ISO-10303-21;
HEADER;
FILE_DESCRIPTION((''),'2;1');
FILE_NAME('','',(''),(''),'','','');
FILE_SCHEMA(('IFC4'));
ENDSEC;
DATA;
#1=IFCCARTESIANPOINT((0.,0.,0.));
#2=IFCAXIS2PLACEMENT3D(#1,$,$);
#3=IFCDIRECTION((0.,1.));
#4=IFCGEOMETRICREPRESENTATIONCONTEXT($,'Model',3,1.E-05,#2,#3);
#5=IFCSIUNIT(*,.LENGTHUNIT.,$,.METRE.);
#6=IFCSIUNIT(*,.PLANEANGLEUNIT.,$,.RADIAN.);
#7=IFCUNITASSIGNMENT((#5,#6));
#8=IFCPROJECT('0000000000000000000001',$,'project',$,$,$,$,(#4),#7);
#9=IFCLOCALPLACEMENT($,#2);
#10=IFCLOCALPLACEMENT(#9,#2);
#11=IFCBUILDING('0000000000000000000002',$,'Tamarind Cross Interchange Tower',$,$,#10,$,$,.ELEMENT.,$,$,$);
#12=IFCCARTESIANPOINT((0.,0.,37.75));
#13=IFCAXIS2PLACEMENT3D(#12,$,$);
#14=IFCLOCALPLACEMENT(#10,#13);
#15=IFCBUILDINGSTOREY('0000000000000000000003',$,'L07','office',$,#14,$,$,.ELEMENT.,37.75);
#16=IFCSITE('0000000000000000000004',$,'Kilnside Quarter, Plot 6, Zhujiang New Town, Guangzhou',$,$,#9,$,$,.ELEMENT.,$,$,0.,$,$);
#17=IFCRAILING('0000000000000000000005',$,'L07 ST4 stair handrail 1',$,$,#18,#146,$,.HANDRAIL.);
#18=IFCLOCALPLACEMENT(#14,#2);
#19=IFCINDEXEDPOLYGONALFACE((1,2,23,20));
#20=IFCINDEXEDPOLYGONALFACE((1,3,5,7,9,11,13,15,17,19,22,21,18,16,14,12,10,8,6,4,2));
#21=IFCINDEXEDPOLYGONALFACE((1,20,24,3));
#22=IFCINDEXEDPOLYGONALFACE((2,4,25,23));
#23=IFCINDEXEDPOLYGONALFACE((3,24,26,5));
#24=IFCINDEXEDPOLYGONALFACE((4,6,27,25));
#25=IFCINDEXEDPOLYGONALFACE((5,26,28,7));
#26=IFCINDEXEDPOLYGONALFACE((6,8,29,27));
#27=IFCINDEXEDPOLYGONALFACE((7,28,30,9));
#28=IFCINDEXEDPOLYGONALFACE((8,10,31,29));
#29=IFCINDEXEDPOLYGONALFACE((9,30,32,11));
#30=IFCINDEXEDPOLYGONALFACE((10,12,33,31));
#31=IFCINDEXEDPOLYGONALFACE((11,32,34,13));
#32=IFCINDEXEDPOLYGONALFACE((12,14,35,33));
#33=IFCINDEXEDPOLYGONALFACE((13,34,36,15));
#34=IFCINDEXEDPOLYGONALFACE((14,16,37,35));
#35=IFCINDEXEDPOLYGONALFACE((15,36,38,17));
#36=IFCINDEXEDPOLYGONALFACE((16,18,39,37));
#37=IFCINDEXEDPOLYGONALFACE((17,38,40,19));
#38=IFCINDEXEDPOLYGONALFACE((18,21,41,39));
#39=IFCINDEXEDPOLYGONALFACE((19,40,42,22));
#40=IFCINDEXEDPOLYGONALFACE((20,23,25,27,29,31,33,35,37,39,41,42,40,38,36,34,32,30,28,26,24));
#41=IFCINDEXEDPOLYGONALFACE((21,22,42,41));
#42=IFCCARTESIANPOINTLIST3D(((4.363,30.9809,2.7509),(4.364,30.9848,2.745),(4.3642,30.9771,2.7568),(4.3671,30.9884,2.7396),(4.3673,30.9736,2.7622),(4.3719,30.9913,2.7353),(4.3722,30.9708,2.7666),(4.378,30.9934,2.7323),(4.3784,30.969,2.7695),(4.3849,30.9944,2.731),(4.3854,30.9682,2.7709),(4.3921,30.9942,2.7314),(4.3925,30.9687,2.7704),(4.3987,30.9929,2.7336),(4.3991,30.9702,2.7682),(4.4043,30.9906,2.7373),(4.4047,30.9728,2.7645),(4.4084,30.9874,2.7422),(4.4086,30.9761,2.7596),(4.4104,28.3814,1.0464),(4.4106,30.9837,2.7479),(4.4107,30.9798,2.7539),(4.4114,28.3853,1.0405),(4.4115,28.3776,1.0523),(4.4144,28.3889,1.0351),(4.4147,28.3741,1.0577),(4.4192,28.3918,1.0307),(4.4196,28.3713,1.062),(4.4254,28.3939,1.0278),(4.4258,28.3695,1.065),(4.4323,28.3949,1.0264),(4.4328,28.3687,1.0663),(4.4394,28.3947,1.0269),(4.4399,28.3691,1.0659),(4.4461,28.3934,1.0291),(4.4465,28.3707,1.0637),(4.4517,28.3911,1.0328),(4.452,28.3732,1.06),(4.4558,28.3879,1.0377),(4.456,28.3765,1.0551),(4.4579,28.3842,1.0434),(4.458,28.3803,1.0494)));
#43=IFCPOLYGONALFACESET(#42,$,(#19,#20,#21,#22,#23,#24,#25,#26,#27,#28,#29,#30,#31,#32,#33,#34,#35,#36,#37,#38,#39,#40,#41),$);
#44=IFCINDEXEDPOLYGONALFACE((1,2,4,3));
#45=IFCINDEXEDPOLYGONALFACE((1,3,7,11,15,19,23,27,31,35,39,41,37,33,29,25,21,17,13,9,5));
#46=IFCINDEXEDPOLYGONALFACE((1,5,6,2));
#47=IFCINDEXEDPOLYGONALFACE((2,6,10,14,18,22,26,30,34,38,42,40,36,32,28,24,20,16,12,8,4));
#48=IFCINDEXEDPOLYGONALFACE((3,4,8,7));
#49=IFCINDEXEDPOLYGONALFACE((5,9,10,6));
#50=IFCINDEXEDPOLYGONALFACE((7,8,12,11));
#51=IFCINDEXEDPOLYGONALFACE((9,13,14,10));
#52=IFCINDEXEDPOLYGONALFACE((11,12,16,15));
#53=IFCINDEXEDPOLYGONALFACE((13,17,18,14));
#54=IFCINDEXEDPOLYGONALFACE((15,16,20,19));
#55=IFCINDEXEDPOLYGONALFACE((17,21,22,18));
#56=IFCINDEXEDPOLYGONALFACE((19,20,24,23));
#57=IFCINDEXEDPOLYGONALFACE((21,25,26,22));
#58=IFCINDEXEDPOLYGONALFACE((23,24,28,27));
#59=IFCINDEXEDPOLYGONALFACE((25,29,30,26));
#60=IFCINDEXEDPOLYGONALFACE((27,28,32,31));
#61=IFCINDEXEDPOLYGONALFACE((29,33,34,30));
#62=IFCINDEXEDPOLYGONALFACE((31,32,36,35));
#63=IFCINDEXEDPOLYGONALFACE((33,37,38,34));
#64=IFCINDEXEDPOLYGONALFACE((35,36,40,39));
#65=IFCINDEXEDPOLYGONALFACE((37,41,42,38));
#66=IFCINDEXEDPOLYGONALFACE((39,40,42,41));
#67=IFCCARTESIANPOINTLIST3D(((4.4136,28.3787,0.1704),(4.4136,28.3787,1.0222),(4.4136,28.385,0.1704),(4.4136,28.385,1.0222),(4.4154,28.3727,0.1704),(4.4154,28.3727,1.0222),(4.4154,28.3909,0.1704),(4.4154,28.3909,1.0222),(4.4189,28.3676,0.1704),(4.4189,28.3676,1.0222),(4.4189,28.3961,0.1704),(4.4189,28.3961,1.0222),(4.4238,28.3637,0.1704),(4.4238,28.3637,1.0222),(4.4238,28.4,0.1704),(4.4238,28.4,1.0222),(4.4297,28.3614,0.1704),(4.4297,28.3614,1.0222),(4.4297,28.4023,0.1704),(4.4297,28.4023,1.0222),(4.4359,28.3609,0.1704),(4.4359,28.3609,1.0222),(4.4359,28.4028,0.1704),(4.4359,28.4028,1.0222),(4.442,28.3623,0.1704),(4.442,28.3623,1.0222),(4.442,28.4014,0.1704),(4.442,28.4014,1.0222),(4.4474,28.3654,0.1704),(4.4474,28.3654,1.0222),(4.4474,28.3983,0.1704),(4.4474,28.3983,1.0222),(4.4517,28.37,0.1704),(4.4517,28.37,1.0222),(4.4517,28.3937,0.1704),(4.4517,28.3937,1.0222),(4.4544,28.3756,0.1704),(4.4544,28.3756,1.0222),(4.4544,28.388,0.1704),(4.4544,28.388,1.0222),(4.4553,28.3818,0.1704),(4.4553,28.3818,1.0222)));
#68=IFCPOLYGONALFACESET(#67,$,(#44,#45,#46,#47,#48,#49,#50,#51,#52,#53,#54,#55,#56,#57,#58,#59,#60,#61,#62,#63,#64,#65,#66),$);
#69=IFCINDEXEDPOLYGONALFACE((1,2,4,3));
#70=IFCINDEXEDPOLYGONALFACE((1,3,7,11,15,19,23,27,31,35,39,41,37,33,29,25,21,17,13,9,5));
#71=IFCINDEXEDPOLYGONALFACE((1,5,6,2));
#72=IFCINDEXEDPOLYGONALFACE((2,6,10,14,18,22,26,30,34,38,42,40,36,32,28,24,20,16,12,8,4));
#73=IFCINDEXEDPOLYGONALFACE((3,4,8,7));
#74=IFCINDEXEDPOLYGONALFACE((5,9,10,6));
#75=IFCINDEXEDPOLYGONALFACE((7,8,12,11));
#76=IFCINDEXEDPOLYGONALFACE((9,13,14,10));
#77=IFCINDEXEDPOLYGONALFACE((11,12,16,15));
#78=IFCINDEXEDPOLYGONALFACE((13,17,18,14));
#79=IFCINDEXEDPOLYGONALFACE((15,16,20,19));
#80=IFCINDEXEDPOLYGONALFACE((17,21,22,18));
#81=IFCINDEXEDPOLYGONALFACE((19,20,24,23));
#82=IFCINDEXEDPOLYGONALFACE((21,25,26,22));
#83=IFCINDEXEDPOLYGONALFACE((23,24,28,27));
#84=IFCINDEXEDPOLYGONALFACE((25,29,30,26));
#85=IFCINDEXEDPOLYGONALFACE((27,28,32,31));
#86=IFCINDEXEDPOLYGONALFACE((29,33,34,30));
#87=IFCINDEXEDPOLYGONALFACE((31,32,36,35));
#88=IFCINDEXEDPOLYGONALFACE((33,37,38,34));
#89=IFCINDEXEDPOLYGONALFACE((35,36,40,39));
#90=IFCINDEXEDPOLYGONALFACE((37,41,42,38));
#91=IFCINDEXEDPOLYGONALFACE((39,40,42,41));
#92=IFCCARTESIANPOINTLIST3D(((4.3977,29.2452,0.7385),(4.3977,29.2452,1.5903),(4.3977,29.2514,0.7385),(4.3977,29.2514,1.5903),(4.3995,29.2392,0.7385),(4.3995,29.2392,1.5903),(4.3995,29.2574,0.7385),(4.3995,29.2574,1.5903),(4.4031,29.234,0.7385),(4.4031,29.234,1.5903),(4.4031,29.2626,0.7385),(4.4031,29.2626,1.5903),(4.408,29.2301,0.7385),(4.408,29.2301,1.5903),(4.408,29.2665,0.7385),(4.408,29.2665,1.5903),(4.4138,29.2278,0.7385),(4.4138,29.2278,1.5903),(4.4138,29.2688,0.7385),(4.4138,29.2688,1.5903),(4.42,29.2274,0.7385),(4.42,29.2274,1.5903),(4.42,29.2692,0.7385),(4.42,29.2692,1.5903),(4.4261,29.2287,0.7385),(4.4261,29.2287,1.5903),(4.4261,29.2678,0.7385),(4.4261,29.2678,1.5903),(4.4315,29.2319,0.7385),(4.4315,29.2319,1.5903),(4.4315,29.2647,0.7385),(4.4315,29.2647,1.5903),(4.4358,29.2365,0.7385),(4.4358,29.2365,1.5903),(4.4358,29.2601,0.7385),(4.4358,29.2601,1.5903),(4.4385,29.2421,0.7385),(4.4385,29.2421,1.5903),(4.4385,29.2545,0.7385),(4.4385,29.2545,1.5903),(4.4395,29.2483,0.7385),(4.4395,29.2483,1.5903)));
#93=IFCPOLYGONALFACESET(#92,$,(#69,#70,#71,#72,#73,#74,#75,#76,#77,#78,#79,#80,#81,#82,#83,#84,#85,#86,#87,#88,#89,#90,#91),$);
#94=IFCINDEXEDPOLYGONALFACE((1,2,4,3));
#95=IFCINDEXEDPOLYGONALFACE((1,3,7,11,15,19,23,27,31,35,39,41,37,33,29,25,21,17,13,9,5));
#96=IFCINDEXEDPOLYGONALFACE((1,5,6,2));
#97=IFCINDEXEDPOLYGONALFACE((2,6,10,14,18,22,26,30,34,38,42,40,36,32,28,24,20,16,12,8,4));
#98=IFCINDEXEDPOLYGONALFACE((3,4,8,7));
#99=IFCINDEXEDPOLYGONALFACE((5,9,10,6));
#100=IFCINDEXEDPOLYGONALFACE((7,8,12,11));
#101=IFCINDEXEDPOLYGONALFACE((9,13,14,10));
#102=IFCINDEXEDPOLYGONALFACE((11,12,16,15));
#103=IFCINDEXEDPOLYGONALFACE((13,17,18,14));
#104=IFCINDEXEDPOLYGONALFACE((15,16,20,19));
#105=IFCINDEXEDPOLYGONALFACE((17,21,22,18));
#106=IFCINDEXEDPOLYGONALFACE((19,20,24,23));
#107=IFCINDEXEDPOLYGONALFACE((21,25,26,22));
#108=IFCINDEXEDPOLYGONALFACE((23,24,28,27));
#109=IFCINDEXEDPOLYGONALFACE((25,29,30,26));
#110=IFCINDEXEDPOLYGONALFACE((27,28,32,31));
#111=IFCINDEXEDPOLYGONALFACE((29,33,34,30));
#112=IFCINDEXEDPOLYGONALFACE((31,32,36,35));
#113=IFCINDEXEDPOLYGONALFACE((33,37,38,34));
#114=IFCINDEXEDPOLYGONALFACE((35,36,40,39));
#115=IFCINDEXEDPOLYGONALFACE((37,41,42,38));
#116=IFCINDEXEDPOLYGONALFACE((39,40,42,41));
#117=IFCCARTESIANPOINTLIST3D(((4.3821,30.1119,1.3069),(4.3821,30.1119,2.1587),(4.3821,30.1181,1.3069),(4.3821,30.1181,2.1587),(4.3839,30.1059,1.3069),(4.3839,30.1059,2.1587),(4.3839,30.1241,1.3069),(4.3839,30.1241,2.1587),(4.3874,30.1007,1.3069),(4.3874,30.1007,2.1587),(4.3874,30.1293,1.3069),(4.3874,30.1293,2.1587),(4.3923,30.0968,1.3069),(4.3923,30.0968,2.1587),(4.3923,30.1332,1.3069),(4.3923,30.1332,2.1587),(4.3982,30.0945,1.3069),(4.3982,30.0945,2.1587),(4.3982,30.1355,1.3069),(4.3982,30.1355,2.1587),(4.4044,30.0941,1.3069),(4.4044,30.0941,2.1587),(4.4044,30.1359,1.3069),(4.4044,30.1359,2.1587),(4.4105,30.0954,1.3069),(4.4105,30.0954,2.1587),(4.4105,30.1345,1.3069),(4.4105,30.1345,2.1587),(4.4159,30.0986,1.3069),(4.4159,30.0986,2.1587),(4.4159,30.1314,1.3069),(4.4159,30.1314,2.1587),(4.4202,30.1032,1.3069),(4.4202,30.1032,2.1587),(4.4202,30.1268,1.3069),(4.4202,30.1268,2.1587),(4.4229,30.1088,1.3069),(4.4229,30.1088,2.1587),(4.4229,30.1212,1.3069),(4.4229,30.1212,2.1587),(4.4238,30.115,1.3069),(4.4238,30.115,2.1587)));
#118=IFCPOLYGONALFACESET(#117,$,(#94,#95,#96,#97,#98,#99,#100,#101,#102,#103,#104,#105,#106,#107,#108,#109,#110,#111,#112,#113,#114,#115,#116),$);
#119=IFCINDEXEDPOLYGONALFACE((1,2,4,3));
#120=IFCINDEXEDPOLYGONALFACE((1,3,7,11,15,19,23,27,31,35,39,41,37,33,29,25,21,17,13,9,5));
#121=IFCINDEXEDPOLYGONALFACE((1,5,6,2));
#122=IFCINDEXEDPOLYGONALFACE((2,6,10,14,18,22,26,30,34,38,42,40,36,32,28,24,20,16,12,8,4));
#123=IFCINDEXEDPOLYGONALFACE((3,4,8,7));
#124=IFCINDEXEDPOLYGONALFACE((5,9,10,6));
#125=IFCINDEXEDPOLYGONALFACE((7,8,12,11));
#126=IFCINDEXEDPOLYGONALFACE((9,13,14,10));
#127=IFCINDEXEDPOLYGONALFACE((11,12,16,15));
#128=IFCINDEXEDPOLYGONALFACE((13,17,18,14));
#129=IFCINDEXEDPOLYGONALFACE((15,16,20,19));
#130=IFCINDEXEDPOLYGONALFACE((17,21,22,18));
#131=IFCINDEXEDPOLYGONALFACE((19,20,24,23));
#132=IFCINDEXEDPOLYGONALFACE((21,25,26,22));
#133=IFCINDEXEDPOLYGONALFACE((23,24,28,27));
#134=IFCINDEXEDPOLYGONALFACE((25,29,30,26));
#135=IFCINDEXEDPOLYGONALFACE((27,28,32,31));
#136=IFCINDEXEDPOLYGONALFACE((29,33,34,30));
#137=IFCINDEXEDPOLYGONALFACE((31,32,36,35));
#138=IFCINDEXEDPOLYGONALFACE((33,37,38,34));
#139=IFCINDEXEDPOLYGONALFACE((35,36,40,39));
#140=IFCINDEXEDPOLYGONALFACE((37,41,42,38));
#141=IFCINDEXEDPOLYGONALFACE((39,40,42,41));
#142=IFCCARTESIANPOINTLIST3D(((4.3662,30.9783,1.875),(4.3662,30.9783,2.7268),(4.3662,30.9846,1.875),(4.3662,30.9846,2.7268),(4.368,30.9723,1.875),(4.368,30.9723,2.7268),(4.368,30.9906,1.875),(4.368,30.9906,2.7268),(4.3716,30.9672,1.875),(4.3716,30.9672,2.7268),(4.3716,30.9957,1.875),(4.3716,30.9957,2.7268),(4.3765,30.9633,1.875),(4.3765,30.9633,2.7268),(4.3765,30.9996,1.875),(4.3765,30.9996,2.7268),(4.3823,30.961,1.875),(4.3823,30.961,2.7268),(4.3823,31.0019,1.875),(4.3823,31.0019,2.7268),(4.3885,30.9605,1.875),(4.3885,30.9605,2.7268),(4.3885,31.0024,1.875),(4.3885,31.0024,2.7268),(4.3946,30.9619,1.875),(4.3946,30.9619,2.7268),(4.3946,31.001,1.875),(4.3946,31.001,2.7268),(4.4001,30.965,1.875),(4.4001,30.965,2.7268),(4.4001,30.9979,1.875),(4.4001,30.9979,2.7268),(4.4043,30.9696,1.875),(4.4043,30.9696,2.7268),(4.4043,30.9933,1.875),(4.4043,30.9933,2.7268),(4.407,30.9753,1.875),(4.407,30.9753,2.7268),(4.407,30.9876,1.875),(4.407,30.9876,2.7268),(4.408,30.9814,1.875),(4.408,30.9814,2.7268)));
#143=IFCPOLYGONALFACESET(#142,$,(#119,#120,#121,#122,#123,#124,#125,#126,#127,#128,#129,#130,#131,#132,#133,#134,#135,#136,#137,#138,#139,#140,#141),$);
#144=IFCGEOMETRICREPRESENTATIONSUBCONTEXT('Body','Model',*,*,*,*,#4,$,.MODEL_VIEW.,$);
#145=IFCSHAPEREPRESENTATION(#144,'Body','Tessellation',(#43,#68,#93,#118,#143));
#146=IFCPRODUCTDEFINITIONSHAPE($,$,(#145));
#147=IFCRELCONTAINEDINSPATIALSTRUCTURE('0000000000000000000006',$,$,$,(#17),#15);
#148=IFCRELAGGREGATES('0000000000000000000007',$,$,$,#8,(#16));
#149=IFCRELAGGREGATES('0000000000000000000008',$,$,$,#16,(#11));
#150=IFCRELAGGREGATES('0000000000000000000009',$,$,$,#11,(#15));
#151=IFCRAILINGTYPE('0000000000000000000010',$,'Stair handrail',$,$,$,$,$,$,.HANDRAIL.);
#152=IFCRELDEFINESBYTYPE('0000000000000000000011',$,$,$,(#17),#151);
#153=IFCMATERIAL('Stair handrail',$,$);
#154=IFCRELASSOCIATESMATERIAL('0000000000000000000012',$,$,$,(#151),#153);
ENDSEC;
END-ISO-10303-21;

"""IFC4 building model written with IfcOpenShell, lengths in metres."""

from ifc_helpers import new_model, si_unit, direction, frame, origin, origin_2d, place, context, subcontext, project, spatial, circle, extrude, material, type_object, element, save


model = new_model("IFC4")

# Units and contexts
model_context = context("Model", 3, precision=1e-05, world=origin(), true_north=direction((0.0, 1.0)))
body_context = subcontext(model_context, "Body", "Model", "MODEL_VIEW")
ifc_project = project(units=[si_unit("LENGTHUNIT", "METRE"), si_unit("PLANEANGLEUNIT", "RADIAN")], contexts=[model_context])

# Site, building, storey
site_placement = place(None, origin())
site = spatial("IfcSite", under=ifc_project, at=site_placement, Name="Kilnside Quarter, Plot 6, Zhujiang New Town, Guangzhou", CompositionType="ELEMENT", RefElevation=0.0)
building_placement = place(site_placement, origin())
building = spatial("IfcBuilding", under=site, at=building_placement, Name="Tamarind Cross Interchange Tower", CompositionType="ELEMENT")
storey_placement = place(building_placement, frame((0.0, 0.0, 37.75)))
storey = spatial("IfcBuildingStorey", under=building, at=storey_placement, Name="L07", Description="office", CompositionType="ELEMENT", Elevation=37.75)

# Railing
ifc_material_1 = material(Name="Stair handrail")
railing_type_1 = type_object("IfcRailingType", Name="Stair handrail", PredefinedType="HANDRAIL", material=ifc_material_1)
railing_1_placement = place(storey_placement, frame((4.4343, 28.3818, 0.1704)))
element("IfcRailing", 1, at=railing_1_placement, inside=storey, type_object=railing_type_1, Name="L07 ST4 stair handrail 1", PredefinedType="HANDRAIL", context=body_context, shape_type="SweptSolid", body=[
    extrude(circle(Radius=0.0239, at=origin_2d()), frame((0.0, 0.0, 0.876), z_axis=(-0.015234, 0.836158, 0.548277), x_axis=(-0.999834, -0.018216, 0.0)), (0.0, 0.0, 1.0), 3.1089),
    extrude(circle(Radius=0.021, at=origin_2d()), origin(), (0.0, 0.0, 1.0), 0.8518),
    extrude(circle(Radius=0.021, at=origin_2d()), frame((-0.0159, 0.8665, 0.5681)), (0.0, 0.0, 1.0), 0.8518),
    extrude(circle(Radius=0.021, at=origin_2d()), frame((-0.0315, 1.7332, 1.1365)), (0.0, 0.0, 1.0), 0.8518),
    extrude(circle(Radius=0.021, at=origin_2d()), frame((-0.0474, 2.5996, 1.7046)), (0.0, 0.0, 1.0), 0.8518),
])

save(model, "model.ifc")
